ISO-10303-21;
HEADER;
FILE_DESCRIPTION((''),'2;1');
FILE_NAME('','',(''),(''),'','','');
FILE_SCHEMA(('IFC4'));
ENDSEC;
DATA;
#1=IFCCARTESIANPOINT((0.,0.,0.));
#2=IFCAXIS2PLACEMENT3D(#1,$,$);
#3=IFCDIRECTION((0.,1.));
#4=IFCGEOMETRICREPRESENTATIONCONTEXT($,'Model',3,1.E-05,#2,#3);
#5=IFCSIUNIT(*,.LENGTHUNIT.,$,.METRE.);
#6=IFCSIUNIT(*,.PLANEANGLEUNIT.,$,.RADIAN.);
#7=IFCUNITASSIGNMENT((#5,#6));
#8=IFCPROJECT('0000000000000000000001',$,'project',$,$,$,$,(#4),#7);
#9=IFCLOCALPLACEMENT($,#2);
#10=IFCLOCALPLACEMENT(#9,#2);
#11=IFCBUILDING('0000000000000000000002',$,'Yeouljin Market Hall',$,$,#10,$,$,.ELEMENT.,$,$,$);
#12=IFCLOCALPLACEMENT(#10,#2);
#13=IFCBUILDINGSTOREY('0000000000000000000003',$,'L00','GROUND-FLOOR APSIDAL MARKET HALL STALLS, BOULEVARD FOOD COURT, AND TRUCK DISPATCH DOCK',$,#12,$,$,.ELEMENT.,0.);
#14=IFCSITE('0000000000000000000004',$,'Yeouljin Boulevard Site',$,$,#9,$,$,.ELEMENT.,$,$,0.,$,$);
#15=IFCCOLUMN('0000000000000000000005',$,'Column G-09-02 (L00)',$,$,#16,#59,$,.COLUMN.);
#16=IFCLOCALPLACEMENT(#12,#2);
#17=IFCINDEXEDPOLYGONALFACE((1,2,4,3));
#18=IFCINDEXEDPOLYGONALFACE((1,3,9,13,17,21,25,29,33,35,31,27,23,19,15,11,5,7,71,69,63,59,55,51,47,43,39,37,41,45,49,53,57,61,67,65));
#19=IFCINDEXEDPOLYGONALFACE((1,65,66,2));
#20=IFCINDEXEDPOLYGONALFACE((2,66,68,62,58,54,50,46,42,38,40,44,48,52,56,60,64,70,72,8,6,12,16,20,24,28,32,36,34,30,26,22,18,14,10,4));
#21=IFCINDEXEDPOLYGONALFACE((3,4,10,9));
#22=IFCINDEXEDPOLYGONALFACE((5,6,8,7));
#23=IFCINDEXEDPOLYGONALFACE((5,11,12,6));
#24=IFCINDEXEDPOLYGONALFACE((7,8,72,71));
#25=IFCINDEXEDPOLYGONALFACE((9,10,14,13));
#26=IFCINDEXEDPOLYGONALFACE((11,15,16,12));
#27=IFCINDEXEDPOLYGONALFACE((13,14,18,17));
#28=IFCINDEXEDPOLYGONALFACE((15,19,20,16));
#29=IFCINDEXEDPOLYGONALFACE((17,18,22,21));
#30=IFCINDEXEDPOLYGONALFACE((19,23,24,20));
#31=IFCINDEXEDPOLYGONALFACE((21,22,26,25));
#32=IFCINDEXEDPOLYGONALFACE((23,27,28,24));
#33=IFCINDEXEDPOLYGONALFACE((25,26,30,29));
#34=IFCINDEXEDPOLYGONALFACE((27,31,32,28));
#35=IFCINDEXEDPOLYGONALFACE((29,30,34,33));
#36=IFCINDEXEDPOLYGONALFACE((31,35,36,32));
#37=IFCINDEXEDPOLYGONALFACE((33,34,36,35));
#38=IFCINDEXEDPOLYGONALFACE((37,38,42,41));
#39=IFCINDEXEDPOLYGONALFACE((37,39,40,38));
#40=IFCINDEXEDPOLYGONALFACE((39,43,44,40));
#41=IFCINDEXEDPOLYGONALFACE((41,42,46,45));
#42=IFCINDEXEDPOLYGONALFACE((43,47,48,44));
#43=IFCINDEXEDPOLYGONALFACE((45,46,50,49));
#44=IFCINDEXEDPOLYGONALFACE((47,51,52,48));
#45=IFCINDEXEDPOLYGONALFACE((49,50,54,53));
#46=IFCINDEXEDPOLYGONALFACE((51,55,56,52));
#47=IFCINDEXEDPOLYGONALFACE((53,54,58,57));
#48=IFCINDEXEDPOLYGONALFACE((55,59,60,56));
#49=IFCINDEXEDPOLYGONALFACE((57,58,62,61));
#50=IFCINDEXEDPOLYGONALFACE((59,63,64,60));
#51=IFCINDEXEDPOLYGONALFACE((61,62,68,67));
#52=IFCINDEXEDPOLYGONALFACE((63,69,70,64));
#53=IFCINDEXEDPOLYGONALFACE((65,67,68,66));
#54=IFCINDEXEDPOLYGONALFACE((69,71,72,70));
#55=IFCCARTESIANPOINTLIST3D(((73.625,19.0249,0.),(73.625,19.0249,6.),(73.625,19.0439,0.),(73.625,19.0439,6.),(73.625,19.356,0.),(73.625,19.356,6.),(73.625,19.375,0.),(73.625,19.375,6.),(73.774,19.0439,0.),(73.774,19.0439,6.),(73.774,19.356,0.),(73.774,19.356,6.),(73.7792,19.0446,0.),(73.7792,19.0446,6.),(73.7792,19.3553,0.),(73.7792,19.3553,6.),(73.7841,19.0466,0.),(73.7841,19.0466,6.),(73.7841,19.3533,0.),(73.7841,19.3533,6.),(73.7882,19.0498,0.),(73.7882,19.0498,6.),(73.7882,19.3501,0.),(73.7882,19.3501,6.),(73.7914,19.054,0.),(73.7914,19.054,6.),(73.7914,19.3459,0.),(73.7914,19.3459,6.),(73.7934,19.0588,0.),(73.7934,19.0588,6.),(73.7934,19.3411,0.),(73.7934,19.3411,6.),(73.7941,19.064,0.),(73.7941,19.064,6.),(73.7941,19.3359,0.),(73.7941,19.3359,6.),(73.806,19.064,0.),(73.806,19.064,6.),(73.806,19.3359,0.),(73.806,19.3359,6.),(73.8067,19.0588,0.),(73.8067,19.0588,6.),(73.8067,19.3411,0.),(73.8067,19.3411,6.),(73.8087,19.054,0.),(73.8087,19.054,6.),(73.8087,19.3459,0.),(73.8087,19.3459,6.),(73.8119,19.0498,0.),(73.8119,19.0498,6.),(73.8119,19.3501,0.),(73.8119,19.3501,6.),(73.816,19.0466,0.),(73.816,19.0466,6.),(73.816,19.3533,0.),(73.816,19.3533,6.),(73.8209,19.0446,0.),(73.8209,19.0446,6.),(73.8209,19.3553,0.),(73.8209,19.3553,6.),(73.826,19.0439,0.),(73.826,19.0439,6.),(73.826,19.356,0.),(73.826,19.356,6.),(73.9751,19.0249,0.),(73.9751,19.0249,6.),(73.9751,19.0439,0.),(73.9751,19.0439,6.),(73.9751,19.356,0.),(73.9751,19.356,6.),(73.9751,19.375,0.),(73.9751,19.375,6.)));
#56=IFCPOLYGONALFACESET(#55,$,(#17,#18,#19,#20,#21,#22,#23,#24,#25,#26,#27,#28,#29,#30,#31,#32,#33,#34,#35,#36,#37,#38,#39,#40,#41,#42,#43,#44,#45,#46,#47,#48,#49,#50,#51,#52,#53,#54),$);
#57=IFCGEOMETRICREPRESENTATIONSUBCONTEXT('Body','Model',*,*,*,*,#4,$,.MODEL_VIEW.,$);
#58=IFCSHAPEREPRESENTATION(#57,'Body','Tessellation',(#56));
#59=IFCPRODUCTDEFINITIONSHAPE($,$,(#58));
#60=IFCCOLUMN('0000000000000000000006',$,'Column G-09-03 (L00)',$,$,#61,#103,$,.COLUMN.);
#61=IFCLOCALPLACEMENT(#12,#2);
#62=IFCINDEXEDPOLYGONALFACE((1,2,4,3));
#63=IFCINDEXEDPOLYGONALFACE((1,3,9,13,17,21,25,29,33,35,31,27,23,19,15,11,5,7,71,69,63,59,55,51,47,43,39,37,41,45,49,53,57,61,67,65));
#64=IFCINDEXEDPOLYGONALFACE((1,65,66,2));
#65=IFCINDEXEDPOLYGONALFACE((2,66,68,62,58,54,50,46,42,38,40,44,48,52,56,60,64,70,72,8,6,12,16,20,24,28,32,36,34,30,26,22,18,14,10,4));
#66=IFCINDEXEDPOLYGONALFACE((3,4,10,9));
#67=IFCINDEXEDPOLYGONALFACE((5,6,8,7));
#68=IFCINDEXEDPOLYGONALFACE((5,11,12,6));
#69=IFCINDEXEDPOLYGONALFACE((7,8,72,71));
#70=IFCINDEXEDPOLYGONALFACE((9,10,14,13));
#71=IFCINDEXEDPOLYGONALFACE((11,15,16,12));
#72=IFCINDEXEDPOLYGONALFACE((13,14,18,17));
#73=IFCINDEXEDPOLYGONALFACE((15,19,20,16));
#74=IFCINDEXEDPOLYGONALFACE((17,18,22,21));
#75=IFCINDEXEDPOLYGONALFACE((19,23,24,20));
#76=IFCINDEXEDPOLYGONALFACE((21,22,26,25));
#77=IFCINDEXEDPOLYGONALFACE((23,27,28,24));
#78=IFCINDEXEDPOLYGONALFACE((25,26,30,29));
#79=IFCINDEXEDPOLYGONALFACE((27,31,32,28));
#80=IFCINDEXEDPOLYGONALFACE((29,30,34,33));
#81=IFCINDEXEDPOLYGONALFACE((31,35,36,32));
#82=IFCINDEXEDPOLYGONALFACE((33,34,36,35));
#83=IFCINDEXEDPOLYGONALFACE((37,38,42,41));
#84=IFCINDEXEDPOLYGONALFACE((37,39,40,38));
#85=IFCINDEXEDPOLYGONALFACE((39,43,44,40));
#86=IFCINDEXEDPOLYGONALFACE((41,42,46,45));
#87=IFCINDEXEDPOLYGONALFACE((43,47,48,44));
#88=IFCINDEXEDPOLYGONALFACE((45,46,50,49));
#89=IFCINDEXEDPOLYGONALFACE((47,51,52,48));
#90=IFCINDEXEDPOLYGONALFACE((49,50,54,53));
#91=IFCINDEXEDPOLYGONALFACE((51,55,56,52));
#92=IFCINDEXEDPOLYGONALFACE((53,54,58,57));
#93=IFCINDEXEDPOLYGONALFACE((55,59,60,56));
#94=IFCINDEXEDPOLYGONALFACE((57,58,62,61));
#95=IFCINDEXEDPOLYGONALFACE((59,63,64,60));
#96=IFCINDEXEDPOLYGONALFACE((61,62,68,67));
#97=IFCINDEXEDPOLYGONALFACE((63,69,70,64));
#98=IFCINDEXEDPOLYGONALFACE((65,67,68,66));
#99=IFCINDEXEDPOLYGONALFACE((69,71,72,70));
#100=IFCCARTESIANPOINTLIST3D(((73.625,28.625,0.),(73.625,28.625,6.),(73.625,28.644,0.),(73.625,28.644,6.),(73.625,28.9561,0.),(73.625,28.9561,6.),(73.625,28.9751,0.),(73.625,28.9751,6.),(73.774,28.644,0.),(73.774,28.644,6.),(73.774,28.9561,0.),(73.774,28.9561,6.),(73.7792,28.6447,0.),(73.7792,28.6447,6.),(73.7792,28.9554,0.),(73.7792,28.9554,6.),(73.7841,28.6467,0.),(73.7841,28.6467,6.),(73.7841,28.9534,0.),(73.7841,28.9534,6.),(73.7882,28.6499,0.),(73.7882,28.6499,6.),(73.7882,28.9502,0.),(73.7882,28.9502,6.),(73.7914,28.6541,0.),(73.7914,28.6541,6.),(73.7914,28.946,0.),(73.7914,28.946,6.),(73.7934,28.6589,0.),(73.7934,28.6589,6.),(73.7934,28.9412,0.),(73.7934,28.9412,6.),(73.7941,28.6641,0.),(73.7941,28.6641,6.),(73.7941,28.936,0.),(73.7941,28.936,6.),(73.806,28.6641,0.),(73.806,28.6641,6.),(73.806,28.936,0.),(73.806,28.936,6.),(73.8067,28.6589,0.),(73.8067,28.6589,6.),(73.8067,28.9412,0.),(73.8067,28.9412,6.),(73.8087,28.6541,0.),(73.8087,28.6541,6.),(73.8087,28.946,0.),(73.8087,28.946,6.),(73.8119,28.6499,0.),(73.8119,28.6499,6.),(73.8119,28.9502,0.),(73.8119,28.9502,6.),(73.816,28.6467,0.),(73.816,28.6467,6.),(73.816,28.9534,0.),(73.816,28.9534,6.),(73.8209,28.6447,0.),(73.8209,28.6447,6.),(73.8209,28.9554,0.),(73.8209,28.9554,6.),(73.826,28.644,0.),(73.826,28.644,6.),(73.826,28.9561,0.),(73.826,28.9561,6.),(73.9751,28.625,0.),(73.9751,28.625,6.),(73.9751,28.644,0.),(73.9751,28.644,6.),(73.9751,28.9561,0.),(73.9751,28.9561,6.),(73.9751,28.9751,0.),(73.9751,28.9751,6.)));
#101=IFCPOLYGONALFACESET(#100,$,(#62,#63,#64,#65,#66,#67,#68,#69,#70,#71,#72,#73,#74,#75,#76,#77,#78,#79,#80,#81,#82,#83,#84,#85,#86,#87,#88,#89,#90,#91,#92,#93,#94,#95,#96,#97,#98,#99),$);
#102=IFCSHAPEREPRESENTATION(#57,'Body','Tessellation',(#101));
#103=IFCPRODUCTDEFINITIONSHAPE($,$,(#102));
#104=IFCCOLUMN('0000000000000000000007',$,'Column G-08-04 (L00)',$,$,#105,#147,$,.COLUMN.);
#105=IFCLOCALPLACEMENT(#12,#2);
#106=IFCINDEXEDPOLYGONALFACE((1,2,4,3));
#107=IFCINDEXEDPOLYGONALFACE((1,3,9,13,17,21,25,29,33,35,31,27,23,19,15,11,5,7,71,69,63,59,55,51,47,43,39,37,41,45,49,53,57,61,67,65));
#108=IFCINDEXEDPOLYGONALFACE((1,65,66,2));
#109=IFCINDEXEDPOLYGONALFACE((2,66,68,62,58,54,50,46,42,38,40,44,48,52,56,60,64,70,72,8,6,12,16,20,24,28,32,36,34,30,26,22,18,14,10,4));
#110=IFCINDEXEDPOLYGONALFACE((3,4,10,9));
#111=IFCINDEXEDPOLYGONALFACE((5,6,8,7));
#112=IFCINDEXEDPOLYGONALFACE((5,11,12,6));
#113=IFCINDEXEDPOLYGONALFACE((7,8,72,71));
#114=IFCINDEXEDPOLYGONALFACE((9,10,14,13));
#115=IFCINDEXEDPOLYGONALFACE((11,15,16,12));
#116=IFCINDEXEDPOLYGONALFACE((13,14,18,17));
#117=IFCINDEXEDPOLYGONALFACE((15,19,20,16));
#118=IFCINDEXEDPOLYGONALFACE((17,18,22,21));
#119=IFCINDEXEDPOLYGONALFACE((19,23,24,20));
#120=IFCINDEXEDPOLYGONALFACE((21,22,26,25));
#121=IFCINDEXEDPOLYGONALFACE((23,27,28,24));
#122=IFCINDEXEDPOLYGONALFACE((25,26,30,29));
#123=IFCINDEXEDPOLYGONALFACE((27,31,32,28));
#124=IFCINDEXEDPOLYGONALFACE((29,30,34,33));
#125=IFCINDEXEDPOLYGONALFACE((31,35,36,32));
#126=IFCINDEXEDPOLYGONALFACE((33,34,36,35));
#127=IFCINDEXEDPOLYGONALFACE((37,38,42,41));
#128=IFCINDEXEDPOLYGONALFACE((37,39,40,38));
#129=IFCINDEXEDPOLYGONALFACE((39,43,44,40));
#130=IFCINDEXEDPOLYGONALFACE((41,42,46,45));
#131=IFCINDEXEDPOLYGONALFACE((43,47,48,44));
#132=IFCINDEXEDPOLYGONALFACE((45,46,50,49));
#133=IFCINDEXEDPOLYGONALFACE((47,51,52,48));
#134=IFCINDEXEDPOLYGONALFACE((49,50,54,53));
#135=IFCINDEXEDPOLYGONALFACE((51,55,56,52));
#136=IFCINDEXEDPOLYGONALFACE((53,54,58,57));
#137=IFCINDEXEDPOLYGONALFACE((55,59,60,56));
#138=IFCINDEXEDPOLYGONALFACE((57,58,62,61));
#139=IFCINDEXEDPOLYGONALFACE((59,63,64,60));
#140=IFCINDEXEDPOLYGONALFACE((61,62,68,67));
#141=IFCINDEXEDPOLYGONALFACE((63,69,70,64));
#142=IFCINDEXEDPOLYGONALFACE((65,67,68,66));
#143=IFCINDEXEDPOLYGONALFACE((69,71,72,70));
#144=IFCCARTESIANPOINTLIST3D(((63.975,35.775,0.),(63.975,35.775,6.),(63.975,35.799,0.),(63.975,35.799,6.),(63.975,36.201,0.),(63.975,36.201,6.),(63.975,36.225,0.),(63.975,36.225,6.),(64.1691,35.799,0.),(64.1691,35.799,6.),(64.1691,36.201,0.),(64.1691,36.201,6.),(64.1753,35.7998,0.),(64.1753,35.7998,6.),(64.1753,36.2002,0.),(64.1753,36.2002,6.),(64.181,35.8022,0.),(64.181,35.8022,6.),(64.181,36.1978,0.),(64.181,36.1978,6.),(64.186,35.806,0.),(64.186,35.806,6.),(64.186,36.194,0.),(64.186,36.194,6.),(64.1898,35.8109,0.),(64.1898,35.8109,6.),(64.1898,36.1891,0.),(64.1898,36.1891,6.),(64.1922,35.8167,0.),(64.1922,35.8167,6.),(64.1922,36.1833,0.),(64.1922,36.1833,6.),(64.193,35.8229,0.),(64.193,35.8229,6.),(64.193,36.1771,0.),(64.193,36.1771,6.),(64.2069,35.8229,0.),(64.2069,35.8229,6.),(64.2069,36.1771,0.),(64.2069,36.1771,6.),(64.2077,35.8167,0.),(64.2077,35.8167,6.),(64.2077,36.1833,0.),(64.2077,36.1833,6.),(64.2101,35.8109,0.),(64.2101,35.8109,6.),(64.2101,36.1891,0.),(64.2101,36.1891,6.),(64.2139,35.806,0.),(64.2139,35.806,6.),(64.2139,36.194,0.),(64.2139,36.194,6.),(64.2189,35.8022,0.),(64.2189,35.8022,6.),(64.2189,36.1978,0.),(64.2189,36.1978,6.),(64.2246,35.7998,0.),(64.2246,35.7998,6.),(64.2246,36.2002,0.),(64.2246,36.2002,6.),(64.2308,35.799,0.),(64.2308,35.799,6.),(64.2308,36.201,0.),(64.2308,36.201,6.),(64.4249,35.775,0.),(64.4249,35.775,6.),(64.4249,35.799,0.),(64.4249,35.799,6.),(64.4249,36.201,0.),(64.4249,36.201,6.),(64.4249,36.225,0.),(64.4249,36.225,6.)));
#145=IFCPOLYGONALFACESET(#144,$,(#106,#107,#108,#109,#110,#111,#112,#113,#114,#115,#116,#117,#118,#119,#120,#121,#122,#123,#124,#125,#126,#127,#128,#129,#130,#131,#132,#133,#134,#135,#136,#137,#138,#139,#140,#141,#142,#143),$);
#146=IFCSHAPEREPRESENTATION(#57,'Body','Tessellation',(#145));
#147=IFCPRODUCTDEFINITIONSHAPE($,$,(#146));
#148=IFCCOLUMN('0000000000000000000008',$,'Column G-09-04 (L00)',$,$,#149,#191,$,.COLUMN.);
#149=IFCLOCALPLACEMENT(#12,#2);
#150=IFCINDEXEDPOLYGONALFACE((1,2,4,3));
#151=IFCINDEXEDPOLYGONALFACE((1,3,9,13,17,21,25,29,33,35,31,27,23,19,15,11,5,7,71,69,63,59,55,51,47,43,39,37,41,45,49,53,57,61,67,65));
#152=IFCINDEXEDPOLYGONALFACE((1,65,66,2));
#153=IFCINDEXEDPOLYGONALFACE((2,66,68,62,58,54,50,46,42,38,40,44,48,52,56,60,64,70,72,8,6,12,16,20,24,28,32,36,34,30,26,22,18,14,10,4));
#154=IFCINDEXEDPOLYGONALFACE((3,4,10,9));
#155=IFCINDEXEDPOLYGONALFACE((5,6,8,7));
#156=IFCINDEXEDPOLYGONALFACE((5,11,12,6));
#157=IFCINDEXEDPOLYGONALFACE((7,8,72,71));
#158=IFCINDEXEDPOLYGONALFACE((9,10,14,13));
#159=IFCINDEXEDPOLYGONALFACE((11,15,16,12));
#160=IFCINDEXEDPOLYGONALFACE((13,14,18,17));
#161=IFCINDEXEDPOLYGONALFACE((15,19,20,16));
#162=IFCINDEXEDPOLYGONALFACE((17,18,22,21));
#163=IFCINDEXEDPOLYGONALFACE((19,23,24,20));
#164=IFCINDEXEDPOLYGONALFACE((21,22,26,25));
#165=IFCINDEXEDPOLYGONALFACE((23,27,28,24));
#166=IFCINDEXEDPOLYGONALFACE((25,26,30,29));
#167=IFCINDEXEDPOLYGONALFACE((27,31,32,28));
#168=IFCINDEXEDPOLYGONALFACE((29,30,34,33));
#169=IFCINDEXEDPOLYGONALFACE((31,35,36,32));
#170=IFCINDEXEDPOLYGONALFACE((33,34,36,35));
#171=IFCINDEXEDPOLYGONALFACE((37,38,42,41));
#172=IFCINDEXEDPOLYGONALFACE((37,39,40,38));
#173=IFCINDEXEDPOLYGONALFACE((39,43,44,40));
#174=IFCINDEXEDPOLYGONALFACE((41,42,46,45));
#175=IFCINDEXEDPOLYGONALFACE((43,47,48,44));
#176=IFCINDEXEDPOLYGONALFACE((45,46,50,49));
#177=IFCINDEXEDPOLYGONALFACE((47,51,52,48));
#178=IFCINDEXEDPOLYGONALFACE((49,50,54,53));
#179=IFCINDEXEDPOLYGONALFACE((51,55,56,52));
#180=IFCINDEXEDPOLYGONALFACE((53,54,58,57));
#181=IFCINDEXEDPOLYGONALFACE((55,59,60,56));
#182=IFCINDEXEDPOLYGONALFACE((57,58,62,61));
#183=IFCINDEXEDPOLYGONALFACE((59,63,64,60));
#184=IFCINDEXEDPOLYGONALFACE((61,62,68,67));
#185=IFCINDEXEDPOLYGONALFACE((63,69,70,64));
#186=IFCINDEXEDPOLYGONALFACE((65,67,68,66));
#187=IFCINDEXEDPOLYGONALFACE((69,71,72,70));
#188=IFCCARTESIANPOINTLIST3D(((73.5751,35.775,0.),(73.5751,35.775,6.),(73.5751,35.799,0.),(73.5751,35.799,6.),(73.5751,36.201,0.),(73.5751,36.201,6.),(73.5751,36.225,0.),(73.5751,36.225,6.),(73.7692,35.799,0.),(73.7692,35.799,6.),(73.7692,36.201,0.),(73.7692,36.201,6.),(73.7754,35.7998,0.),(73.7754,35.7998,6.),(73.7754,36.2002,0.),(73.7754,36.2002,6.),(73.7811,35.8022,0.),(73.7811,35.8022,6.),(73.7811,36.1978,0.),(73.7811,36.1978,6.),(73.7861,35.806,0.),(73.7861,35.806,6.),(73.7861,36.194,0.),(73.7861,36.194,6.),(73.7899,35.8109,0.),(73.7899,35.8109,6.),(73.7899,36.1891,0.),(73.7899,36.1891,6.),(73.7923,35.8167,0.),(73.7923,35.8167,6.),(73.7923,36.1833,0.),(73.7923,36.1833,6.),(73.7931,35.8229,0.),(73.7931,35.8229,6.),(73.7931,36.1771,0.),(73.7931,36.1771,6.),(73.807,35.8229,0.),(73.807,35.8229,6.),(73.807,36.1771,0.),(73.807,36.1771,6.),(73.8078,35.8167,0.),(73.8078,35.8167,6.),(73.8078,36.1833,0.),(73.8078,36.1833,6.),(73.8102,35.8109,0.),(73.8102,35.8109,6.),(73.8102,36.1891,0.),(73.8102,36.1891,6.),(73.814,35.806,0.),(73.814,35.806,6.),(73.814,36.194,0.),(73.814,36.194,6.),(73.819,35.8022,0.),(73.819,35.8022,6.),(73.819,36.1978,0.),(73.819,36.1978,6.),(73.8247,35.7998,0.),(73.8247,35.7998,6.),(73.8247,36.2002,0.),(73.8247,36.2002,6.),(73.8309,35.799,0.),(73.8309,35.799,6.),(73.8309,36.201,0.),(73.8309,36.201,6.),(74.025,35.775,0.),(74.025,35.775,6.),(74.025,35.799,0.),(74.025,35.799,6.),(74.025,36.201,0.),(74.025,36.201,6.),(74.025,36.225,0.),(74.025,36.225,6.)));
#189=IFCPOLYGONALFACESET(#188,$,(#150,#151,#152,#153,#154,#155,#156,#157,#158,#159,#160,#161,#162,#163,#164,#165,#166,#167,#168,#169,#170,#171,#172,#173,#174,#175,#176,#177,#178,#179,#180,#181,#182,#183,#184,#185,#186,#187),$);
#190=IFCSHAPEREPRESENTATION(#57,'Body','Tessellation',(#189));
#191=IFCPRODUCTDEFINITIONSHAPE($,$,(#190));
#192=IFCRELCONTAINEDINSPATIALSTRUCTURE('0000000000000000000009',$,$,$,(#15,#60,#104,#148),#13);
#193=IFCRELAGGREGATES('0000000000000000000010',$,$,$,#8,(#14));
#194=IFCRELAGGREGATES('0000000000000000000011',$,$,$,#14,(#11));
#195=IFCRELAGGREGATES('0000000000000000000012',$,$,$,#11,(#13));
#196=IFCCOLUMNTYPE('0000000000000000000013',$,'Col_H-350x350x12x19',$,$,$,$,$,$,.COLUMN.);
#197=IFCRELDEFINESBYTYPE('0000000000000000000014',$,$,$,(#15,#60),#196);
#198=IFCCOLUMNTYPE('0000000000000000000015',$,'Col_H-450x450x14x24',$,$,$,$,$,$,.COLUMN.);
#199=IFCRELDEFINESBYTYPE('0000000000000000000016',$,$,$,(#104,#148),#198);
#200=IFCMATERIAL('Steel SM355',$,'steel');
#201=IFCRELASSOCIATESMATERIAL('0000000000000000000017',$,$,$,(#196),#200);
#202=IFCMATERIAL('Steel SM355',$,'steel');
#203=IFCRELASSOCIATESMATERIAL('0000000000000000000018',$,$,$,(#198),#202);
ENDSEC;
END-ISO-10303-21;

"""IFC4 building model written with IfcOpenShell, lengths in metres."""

from ifc_helpers import new_model, si_unit, direction, frame, origin, origin_2d, place, context, subcontext, project, spatial, i_section, extrude, material, material_profile, profile_set, type_object, element, save


model = new_model("IFC4")

# Units and contexts
model_context = context("Model", 3, precision=1e-05, world=origin(), true_north=direction((0.0, 1.0)))
body_context = subcontext(model_context, "Body", "Model", "MODEL_VIEW")
ifc_project = project(units=[si_unit("LENGTHUNIT", "METRE"), si_unit("PLANEANGLEUNIT", "RADIAN")], contexts=[model_context])

# Site, building, storey
site_placement = place(None, origin())
site = spatial("IfcSite", under=ifc_project, at=site_placement, Name="Yeouljin Boulevard Site", CompositionType="ELEMENT", RefElevation=0.0)
building_placement = place(site_placement, origin())
building = spatial("IfcBuilding", under=site, at=building_placement, Name="Yeouljin Market Hall", CompositionType="ELEMENT")
storey_placement = place(building_placement, origin())
storey = spatial("IfcBuildingStorey", under=building, at=storey_placement, Name="L00", Description="GROUND-FLOOR APSIDAL MARKET HALL STALLS, BOULEVARD FOOD COURT, AND TRUCK DISPATCH DOCK", CompositionType="ELEMENT", Elevation=0.0)

# Columns
ifc_material_1 = material(Name="Steel SM355", Category="steel")
ifc_material_profile_1 = material_profile(ifc_material_1, i_section(OverallWidth=0.3501, OverallDepth=0.3501, WebThickness=0.012, FlangeThickness=0.019, FilletRadius=0.02, at=origin_2d()), Name="H-350x350x12x19")
ifc_profile_set_1 = profile_set([ifc_material_profile_1], Name="Steel SM355")
column_type_1 = type_object("IfcColumnType", Name="Col_H-350x350x12x19", PredefinedType="COLUMN", material=ifc_profile_set_1)
for number, where, z_axis, x_axis, name in (
    (1, (73.8, 19.2, 0.0), (0.0, 0.0, 1.0), (1.0, 0.0, 0.0), "Column G-09-02 (L00)"),
    (2, (73.8, 28.8, 0.0), (0.0, 0.0, 1.0), (1.0, 0.0, 0.0), "Column G-09-03 (L00)"),
):
    element("IfcColumn", number, at=place(storey_placement, frame(where, z_axis=z_axis, x_axis=x_axis)), inside=storey, type_object=column_type_1, Name=name, PredefinedType="COLUMN", context=body_context, shape_type="SweptSolid", body=[
        extrude(i_section(OverallWidth=0.3501, OverallDepth=0.3501, WebThickness=0.012, FlangeThickness=0.019, FilletRadius=0.02, at=origin_2d()), origin(), (0.0, 0.0, 1.0), 6.0),
    ])
ifc_material_2 = material(Name="Steel SM355", Category="steel")
ifc_material_profile_2 = material_profile(ifc_material_2, i_section(OverallWidth=0.45, OverallDepth=0.45, WebThickness=0.0139, FlangeThickness=0.0239, FilletRadius=0.0239, at=origin_2d()), Name="H-450x450x14x24")
ifc_profile_set_2 = profile_set([ifc_material_profile_2], Name="Steel SM355")
column_type_2 = type_object("IfcColumnType", Name="Col_H-450x450x14x24", PredefinedType="COLUMN", material=ifc_profile_set_2)
for number, where, z_axis, x_axis, name in (
    (3, (64.2, 36.0, 0.0), (0.0, 0.0, 1.0), (1.0, 0.0, 0.0), "Column G-08-04 (L00)"),
    (4, (73.8, 36.0, 0.0), (0.0, 0.0, 1.0), (1.0, 0.0, 0.0), "Column G-09-04 (L00)"),
):
    element("IfcColumn", number, at=place(storey_placement, frame(where, z_axis=z_axis, x_axis=x_axis)), inside=storey, type_object=column_type_2, Name=name, PredefinedType="COLUMN", context=body_context, shape_type="SweptSolid", body=[
        extrude(i_section(OverallWidth=0.45, OverallDepth=0.45, WebThickness=0.0139, FlangeThickness=0.0239, FilletRadius=0.0239, at=origin_2d()), origin(), (0.0, 0.0, 1.0), 6.0),
    ])

save(model, "model.ifc")
